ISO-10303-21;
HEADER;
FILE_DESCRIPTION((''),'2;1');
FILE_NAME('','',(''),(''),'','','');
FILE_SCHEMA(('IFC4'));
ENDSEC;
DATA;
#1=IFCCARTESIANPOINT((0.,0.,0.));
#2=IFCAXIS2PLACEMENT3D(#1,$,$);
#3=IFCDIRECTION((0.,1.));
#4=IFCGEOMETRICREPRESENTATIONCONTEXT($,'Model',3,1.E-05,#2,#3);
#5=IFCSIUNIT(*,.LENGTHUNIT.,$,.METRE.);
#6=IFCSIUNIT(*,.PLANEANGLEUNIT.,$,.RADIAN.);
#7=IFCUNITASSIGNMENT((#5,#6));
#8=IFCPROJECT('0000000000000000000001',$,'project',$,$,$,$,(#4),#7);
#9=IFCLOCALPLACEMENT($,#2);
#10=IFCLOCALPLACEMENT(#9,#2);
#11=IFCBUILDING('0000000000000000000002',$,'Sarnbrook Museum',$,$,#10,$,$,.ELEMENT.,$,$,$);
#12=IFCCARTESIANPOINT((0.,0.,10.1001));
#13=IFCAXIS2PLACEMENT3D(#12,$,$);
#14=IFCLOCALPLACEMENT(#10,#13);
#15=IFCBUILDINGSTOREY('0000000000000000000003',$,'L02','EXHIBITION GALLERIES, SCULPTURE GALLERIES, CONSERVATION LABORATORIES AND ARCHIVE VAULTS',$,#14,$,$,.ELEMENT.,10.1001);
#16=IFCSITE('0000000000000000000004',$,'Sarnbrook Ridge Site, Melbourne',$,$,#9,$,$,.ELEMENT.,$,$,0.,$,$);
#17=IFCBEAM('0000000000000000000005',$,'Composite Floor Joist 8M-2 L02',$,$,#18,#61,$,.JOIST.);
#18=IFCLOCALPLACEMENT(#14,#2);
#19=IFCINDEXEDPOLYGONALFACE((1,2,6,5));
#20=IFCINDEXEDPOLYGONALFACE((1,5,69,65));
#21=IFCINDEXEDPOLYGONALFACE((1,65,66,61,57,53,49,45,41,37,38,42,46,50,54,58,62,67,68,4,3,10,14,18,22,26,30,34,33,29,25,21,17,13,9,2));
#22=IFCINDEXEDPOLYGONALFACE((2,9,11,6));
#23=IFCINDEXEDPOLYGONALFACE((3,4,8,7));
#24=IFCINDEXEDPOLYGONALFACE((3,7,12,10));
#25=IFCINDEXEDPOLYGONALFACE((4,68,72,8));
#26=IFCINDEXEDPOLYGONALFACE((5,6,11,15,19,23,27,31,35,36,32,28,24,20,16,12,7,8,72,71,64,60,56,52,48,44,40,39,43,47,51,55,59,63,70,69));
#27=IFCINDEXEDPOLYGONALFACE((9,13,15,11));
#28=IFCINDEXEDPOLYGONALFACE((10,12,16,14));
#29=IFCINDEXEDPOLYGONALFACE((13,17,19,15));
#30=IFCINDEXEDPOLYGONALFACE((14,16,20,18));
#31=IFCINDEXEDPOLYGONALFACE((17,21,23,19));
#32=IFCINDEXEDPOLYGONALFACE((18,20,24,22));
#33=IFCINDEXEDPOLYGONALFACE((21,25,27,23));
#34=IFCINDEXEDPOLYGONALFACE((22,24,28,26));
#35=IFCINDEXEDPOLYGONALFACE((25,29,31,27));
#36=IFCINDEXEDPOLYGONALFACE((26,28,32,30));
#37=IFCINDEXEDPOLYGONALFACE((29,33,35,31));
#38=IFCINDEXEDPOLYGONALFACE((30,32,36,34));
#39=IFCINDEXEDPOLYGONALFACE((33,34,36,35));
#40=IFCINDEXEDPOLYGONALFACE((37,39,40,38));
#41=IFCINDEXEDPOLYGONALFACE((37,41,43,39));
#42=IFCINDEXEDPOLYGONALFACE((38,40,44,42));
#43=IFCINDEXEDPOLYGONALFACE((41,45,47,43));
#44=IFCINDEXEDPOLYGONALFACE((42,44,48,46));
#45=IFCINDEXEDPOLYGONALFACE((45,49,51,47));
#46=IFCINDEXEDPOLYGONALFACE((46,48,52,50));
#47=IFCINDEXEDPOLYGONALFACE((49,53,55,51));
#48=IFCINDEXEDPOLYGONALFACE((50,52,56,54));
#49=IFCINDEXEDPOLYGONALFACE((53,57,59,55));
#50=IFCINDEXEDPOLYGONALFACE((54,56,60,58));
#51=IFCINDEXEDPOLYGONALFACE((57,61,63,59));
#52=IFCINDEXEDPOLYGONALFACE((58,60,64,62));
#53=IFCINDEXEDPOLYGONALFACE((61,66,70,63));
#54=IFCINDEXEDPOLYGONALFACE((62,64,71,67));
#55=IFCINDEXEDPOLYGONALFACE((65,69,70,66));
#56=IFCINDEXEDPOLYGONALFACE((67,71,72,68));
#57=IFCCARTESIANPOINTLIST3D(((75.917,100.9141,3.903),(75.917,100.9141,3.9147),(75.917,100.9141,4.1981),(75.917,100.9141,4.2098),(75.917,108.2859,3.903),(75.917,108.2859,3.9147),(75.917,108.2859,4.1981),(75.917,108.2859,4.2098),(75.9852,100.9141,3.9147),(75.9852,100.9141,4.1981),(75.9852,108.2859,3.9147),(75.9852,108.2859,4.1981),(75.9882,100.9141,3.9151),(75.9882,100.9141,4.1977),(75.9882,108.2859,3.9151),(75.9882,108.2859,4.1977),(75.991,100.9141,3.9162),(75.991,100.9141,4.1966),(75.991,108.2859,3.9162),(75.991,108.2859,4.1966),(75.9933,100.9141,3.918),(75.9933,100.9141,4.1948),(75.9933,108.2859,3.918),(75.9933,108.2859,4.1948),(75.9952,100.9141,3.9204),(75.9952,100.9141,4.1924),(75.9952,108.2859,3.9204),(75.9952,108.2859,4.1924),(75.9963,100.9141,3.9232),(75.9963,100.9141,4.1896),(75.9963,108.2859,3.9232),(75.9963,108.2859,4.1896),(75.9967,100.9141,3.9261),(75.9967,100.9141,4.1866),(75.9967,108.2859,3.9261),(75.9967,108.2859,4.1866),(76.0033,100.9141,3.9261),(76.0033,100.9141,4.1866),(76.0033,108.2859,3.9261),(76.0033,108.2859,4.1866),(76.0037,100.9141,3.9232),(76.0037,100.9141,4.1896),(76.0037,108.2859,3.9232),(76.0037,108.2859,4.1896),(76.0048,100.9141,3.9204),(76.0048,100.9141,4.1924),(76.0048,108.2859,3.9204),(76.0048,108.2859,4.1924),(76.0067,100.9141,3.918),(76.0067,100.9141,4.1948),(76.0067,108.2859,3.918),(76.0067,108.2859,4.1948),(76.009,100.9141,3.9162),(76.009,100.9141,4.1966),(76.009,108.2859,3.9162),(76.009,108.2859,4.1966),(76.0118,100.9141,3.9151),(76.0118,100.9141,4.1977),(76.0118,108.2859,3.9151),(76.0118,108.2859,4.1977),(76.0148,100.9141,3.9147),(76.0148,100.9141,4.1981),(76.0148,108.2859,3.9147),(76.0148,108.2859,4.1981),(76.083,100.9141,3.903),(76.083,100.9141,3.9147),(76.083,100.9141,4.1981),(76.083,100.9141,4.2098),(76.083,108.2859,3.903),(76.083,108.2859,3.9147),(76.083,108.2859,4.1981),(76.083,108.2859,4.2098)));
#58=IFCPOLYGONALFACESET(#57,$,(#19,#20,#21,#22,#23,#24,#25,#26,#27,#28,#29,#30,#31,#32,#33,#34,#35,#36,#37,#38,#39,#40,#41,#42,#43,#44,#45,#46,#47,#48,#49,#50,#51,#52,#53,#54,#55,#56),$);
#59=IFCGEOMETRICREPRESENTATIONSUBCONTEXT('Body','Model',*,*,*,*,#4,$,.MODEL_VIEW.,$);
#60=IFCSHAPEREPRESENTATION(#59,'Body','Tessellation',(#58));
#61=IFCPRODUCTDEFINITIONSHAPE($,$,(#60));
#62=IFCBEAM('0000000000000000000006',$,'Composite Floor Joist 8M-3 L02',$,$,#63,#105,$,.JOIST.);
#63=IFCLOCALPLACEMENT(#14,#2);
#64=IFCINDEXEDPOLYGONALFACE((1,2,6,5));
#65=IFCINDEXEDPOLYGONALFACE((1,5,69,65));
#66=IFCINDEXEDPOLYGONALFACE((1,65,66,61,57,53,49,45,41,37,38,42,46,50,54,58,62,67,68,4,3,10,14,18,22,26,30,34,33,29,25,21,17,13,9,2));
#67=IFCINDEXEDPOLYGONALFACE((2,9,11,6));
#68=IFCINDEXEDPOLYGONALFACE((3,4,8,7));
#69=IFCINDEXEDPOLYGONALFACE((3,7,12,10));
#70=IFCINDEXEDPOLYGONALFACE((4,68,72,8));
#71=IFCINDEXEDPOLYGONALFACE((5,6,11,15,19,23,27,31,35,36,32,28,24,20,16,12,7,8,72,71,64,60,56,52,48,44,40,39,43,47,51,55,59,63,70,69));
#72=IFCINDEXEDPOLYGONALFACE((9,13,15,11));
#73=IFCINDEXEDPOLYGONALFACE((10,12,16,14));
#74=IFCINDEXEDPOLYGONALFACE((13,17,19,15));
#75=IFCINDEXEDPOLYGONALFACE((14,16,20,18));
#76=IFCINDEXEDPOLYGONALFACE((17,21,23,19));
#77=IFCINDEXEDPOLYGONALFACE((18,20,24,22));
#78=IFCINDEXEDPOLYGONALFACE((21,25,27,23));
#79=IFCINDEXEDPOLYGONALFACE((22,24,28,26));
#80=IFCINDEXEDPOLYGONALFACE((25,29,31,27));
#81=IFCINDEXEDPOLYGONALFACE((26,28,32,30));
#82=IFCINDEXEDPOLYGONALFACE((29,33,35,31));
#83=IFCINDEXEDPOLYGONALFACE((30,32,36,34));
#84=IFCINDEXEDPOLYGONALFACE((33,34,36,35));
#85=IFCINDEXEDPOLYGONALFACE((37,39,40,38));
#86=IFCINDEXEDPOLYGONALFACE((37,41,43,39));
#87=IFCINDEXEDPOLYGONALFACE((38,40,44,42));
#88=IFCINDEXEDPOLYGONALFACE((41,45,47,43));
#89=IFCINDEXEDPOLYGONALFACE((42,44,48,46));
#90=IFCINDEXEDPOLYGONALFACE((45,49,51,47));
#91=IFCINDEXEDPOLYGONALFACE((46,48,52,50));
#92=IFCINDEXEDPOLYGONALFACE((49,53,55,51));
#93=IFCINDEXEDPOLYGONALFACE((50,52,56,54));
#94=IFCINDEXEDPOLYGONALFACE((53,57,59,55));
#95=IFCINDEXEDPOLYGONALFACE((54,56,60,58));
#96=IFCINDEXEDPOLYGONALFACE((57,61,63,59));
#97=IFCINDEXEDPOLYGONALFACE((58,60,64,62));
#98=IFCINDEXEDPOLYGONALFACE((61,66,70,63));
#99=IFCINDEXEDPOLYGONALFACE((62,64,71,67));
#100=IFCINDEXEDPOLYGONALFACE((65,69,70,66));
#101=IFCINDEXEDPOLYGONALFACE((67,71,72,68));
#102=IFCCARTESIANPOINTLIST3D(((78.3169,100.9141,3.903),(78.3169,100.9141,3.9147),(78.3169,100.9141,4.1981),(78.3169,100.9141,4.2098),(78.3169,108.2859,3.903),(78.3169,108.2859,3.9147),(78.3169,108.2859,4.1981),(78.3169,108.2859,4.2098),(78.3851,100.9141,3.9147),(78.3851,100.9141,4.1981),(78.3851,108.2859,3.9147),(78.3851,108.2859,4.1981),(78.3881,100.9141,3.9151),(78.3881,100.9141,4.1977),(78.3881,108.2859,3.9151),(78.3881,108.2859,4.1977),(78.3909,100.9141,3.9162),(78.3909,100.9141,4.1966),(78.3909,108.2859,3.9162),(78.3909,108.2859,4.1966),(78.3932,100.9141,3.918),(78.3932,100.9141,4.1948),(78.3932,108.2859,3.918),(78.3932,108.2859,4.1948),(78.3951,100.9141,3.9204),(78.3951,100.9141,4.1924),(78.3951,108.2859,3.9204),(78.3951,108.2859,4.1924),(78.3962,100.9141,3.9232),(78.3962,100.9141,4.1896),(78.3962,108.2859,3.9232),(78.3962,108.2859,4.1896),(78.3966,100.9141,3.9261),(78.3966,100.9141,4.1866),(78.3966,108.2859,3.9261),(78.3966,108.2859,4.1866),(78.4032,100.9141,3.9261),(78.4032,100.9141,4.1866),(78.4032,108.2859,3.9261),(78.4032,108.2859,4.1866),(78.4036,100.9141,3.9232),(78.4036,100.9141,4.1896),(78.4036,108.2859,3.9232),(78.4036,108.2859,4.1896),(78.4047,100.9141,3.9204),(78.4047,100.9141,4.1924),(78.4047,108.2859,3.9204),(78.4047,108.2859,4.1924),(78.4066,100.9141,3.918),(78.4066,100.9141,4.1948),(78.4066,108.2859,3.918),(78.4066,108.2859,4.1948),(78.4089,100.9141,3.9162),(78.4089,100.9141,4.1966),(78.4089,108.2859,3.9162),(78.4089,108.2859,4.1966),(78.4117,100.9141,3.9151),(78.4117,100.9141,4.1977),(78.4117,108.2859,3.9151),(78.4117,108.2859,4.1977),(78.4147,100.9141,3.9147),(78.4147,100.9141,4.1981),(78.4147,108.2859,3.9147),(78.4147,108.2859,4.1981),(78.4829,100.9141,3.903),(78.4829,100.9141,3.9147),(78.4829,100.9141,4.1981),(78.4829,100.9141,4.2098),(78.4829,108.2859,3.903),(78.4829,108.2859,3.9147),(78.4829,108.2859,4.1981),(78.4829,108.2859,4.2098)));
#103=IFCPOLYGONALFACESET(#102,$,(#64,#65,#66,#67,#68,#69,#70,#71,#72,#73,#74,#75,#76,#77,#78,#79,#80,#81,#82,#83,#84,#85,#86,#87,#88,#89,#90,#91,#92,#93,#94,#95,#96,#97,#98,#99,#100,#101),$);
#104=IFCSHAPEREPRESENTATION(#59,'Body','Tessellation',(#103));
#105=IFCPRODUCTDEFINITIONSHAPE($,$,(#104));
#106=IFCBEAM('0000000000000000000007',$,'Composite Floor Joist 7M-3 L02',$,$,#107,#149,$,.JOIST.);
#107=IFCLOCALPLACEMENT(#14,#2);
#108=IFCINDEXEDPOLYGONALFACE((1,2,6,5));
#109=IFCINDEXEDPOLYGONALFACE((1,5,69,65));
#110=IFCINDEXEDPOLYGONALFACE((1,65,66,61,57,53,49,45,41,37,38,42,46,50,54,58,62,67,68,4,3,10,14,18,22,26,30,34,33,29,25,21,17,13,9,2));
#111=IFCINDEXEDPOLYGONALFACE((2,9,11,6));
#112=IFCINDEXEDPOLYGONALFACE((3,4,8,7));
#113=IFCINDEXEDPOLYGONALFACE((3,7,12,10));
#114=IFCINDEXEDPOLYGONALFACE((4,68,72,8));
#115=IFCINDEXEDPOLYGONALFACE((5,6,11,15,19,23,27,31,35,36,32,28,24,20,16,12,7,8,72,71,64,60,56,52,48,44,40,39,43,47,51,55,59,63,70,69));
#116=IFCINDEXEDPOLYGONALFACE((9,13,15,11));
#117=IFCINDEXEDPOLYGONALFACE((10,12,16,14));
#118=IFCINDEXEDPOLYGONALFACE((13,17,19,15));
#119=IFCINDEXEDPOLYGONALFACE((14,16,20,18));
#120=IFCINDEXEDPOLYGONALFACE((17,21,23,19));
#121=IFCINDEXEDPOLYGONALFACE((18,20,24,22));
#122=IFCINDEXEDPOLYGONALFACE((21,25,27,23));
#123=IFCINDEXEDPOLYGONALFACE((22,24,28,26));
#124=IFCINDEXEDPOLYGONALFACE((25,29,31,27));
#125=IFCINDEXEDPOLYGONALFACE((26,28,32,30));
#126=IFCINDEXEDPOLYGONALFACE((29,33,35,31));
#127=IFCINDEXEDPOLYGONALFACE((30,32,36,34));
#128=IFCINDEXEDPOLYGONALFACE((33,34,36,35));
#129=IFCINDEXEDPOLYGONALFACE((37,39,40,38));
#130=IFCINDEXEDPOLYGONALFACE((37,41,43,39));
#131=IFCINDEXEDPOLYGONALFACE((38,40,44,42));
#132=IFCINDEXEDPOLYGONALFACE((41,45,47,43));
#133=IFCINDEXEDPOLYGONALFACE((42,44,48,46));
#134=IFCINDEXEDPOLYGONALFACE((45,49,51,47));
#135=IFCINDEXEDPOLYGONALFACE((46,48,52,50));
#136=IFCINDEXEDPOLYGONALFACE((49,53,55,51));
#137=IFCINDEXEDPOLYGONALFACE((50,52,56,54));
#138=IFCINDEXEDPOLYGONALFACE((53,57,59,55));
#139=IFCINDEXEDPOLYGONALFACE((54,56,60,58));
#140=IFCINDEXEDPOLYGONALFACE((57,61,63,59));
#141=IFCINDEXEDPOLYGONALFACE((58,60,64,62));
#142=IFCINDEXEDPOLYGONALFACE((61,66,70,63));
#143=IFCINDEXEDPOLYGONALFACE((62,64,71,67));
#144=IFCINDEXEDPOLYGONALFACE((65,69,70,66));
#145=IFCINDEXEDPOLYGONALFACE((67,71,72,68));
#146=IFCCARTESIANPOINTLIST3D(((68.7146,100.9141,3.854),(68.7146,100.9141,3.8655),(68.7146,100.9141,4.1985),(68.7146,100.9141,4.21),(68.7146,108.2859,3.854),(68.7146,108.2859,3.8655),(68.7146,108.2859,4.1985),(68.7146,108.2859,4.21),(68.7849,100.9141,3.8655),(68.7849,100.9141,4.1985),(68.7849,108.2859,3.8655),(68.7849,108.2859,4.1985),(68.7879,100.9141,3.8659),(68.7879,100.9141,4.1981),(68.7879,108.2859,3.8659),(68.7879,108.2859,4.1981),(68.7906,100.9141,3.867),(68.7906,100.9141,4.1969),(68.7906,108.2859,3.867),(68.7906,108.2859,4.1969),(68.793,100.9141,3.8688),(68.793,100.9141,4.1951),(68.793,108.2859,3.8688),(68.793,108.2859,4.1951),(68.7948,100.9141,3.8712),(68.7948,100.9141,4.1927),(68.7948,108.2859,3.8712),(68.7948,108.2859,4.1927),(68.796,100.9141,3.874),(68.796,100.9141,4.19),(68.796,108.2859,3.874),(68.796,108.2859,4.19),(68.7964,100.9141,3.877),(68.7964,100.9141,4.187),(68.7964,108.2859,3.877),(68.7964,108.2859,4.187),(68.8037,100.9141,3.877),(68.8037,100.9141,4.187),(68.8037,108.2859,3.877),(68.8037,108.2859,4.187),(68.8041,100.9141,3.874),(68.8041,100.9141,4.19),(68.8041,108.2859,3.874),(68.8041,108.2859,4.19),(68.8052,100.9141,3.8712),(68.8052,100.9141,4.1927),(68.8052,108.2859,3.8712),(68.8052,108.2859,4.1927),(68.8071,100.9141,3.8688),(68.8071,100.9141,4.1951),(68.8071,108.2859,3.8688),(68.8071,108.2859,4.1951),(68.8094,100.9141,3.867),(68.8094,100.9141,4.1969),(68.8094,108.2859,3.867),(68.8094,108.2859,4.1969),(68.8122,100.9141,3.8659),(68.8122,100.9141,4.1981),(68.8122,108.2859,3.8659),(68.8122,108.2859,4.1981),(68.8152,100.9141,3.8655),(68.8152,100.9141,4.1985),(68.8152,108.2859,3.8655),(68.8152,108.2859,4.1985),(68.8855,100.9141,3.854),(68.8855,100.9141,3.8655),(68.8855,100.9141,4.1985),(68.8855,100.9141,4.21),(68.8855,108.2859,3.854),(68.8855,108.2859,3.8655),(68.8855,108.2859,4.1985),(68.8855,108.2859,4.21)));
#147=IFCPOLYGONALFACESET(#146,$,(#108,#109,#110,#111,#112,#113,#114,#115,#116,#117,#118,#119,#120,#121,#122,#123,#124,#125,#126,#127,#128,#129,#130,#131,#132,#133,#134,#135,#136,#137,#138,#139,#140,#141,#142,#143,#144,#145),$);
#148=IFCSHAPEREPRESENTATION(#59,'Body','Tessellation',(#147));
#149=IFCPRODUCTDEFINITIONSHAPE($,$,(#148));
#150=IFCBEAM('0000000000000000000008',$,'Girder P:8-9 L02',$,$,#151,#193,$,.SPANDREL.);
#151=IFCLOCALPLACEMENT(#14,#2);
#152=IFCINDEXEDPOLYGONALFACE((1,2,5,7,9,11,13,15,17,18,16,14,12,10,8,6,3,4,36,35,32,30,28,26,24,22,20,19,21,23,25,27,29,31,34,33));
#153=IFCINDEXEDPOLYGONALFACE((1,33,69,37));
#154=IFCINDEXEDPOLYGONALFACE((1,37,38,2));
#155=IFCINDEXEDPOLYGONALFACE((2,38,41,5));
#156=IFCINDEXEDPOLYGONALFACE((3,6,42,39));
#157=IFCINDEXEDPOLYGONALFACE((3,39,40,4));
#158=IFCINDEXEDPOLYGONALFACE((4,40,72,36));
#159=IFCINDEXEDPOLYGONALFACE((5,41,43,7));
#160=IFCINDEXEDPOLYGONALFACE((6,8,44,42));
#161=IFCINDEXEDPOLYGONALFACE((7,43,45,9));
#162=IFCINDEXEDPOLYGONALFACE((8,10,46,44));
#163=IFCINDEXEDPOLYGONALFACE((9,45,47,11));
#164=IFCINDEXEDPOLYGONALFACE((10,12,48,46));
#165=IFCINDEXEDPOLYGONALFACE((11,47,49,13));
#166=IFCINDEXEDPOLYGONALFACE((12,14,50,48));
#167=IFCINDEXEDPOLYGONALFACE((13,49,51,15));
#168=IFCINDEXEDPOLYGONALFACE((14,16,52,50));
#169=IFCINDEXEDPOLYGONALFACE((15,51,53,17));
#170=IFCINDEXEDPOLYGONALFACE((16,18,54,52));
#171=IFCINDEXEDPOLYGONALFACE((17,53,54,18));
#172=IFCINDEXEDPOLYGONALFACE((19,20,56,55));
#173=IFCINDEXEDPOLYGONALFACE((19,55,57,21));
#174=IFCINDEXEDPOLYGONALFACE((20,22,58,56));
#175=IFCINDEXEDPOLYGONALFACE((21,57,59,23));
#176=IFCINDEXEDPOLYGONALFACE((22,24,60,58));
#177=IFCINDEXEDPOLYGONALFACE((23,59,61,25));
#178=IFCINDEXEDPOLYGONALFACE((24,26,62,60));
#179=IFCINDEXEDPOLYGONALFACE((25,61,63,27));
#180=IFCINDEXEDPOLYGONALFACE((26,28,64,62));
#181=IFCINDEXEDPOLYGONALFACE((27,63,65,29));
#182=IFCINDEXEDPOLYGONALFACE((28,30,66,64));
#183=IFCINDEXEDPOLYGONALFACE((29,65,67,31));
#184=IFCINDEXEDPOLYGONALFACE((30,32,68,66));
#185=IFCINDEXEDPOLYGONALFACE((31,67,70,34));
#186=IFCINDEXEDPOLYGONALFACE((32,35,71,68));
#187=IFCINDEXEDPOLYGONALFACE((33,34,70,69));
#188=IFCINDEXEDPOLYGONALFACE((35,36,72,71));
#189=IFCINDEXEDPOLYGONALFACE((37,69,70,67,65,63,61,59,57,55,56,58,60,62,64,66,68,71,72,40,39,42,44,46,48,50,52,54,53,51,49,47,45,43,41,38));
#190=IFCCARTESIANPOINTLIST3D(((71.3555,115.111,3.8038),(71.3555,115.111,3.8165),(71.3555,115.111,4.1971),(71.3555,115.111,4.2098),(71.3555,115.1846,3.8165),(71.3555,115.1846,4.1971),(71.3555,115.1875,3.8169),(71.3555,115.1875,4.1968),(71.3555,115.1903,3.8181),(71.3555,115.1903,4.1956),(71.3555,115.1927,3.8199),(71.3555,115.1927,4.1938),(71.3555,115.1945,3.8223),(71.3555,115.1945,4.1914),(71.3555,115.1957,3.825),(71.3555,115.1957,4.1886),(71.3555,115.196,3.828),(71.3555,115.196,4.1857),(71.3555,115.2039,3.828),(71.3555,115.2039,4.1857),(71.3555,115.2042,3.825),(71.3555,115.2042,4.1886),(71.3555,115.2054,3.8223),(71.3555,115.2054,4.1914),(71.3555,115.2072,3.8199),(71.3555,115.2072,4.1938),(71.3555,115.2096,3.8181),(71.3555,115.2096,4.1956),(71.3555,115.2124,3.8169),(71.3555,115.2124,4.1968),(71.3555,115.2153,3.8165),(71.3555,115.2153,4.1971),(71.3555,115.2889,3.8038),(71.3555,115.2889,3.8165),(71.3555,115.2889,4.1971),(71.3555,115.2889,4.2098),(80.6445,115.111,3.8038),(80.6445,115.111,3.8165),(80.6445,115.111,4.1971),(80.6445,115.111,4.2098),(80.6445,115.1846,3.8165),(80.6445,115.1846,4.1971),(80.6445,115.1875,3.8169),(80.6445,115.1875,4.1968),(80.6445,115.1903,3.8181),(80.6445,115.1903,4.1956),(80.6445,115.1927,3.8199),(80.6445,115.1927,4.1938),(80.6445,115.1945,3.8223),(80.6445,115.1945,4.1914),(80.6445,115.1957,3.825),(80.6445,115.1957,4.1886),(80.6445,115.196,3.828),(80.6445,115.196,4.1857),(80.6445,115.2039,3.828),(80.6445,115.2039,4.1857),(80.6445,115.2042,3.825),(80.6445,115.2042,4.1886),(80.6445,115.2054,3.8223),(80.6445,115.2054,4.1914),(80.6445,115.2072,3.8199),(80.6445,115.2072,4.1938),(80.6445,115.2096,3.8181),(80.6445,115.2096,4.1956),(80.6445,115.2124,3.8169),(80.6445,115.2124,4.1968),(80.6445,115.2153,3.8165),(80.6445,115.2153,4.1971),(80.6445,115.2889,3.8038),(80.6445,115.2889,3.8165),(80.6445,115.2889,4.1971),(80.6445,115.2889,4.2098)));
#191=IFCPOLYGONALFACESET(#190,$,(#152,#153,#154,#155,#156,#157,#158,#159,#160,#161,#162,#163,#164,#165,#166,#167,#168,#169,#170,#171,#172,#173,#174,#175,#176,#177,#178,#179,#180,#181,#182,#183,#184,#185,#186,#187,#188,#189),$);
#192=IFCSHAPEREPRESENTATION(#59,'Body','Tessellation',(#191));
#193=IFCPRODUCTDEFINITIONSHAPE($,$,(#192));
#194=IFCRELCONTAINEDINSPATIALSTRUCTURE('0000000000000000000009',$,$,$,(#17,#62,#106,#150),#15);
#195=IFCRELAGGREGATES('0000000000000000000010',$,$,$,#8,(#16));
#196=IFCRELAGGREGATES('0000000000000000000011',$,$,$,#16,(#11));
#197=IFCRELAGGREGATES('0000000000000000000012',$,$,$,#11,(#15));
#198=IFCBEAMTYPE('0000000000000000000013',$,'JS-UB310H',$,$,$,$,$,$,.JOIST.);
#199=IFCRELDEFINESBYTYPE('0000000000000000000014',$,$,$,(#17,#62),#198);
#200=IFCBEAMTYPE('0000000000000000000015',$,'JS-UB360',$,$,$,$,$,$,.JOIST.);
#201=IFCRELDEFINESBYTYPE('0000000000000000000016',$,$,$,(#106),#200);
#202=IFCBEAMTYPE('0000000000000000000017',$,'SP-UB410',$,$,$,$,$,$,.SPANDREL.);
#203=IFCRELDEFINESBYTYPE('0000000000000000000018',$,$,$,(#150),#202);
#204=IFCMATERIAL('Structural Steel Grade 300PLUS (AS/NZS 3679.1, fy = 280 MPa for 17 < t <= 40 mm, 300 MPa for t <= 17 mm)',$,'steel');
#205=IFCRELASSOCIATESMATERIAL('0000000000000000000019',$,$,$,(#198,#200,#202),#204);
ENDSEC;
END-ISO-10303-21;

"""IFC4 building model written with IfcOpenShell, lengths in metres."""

from ifc_helpers import new_model, si_unit, direction, frame, origin, origin_2d, place, context, subcontext, project, spatial, i_section, extrude, material, material_profile, profile_set, type_object, element, save


model = new_model("IFC4")

# Units and contexts
model_context = context("Model", 3, precision=1e-05, world=origin(), true_north=direction((0.0, 1.0)))
body_context = subcontext(model_context, "Body", "Model", "MODEL_VIEW")
ifc_project = project(units=[si_unit("LENGTHUNIT", "METRE"), si_unit("PLANEANGLEUNIT", "RADIAN")], contexts=[model_context])

# Site, building, storey
site_placement = place(None, origin())
site = spatial("IfcSite", under=ifc_project, at=site_placement, Name="Sarnbrook Ridge Site, Melbourne", CompositionType="ELEMENT", RefElevation=0.0)
building_placement = place(site_placement, origin())
building = spatial("IfcBuilding", under=site, at=building_placement, Name="Sarnbrook Museum", CompositionType="ELEMENT")
storey_placement = place(building_placement, frame((0.0, 0.0, 10.1001)))
storey = spatial("IfcBuildingStorey", under=building, at=storey_placement, Name="L02", Description="EXHIBITION GALLERIES, SCULPTURE GALLERIES, CONSERVATION LABORATORIES AND ARCHIVE VAULTS", CompositionType="ELEMENT", Elevation=10.1001)

# Shared definitions
ifc_material_1 = material(Name="Structural Steel Grade 300PLUS (AS/NZS 3679.1, fy = 280 MPa for 17 < t <= 40 mm, 300 MPa for t <= 17 mm)", Category="steel")

# Beams
ifc_material_profile_1 = material_profile(ifc_material_1, i_section(OverallWidth=0.166, OverallDepth=0.3069, WebThickness=0.0066, FlangeThickness=0.0117, FilletRadius=0.0115, at=origin_2d()), Name="310UB46.2")
ifc_profile_set_1 = profile_set([ifc_material_profile_1], Name="Structural Steel Grade 300PLUS (AS/NZS 3679.1, fy = 280 MPa for 17 < t <= 40 mm, 300 MPa for t <= 17 mm)")
beam_type_1 = type_object("IfcBeamType", Name="JS-UB310H", PredefinedType="JOIST", material=ifc_profile_set_1)
for number, where, z_axis, x_axis, name in (
    (1, (76.0, 100.9141, 4.0564), (0.0, 1.0, 0.0), (-1.0, 0.0, 0.0), "Composite Floor Joist 8M-2 L02"),
    (2, (78.3999, 100.9141, 4.0564), (0.0, 1.0, 0.0), (-1.0, 0.0, 0.0), "Composite Floor Joist 8M-3 L02"),
):
    element("IfcBeam", number, at=place(storey_placement, frame(where, z_axis=z_axis, x_axis=x_axis)), inside=storey, type_object=beam_type_1, Name=name, PredefinedType="JOIST", context=body_context, shape_type="SweptSolid", body=[
        extrude(i_section(OverallWidth=0.166, OverallDepth=0.3069, WebThickness=0.0066, FlangeThickness=0.0117, FilletRadius=0.0115, at=origin_2d()), origin(), (0.0, 0.0, 1.0), 7.3718),
    ])
ifc_material_profile_2 = material_profile(ifc_material_1, i_section(OverallWidth=0.1709, OverallDepth=0.356, WebThickness=0.0073, FlangeThickness=0.0115, FilletRadius=0.0115, at=origin_2d()), Name="360UB50.7")
ifc_profile_set_2 = profile_set([ifc_material_profile_2], Name="Structural Steel Grade 300PLUS (AS/NZS 3679.1, fy = 280 MPa for 17 < t <= 40 mm, 300 MPa for t <= 17 mm)")
beam_type_2 = type_object("IfcBeamType", Name="JS-UB360", PredefinedType="JOIST", material=ifc_profile_set_2)
beam_1_placement = place(storey_placement, frame((68.8, 100.9141, 4.032), z_axis=(0.0, 1.0, 0.0), x_axis=(-1.0, 0.0, 0.0)))
element("IfcBeam", 3, at=beam_1_placement, inside=storey, type_object=beam_type_2, Name="Composite Floor Joist 7M-3 L02", PredefinedType="JOIST", context=body_context, shape_type="SweptSolid", body=[
    extrude(i_section(OverallWidth=0.1709, OverallDepth=0.356, WebThickness=0.0073, FlangeThickness=0.0115, FilletRadius=0.0115, at=origin_2d()), origin(), (0.0, 0.0, 1.0), 7.3718),
])
ifc_material_profile_3 = material_profile(ifc_material_1, i_section(OverallWidth=0.178, OverallDepth=0.406, WebThickness=0.0078, FlangeThickness=0.0127, FilletRadius=0.0115, at=origin_2d()), Name="410UB59.7")
ifc_profile_set_3 = profile_set([ifc_material_profile_3], Name="Structural Steel Grade 300PLUS (AS/NZS 3679.1, fy = 280 MPa for 17 < t <= 40 mm, 300 MPa for t <= 17 mm)")
beam_type_3 = type_object("IfcBeamType", Name="SP-UB410", PredefinedType="SPANDREL", material=ifc_profile_set_3)
beam_2_placement = place(storey_placement, frame((71.3555, 115.2, 4.0068), z_axis=(1.0, 0.0, 0.0), x_axis=(0.0, 1.0, 0.0)))
element("IfcBeam", 4, at=beam_2_placement, inside=storey, type_object=beam_type_3, Name="Girder P:8-9 L02", PredefinedType="SPANDREL", context=body_context, shape_type="SweptSolid", body=[
    extrude(i_section(OverallWidth=0.178, OverallDepth=0.406, WebThickness=0.0078, FlangeThickness=0.0127, FilletRadius=0.0115, at=origin_2d()), origin(), (0.0, 0.0, 1.0), 9.2891),
])

save(model, "model.ifc")
